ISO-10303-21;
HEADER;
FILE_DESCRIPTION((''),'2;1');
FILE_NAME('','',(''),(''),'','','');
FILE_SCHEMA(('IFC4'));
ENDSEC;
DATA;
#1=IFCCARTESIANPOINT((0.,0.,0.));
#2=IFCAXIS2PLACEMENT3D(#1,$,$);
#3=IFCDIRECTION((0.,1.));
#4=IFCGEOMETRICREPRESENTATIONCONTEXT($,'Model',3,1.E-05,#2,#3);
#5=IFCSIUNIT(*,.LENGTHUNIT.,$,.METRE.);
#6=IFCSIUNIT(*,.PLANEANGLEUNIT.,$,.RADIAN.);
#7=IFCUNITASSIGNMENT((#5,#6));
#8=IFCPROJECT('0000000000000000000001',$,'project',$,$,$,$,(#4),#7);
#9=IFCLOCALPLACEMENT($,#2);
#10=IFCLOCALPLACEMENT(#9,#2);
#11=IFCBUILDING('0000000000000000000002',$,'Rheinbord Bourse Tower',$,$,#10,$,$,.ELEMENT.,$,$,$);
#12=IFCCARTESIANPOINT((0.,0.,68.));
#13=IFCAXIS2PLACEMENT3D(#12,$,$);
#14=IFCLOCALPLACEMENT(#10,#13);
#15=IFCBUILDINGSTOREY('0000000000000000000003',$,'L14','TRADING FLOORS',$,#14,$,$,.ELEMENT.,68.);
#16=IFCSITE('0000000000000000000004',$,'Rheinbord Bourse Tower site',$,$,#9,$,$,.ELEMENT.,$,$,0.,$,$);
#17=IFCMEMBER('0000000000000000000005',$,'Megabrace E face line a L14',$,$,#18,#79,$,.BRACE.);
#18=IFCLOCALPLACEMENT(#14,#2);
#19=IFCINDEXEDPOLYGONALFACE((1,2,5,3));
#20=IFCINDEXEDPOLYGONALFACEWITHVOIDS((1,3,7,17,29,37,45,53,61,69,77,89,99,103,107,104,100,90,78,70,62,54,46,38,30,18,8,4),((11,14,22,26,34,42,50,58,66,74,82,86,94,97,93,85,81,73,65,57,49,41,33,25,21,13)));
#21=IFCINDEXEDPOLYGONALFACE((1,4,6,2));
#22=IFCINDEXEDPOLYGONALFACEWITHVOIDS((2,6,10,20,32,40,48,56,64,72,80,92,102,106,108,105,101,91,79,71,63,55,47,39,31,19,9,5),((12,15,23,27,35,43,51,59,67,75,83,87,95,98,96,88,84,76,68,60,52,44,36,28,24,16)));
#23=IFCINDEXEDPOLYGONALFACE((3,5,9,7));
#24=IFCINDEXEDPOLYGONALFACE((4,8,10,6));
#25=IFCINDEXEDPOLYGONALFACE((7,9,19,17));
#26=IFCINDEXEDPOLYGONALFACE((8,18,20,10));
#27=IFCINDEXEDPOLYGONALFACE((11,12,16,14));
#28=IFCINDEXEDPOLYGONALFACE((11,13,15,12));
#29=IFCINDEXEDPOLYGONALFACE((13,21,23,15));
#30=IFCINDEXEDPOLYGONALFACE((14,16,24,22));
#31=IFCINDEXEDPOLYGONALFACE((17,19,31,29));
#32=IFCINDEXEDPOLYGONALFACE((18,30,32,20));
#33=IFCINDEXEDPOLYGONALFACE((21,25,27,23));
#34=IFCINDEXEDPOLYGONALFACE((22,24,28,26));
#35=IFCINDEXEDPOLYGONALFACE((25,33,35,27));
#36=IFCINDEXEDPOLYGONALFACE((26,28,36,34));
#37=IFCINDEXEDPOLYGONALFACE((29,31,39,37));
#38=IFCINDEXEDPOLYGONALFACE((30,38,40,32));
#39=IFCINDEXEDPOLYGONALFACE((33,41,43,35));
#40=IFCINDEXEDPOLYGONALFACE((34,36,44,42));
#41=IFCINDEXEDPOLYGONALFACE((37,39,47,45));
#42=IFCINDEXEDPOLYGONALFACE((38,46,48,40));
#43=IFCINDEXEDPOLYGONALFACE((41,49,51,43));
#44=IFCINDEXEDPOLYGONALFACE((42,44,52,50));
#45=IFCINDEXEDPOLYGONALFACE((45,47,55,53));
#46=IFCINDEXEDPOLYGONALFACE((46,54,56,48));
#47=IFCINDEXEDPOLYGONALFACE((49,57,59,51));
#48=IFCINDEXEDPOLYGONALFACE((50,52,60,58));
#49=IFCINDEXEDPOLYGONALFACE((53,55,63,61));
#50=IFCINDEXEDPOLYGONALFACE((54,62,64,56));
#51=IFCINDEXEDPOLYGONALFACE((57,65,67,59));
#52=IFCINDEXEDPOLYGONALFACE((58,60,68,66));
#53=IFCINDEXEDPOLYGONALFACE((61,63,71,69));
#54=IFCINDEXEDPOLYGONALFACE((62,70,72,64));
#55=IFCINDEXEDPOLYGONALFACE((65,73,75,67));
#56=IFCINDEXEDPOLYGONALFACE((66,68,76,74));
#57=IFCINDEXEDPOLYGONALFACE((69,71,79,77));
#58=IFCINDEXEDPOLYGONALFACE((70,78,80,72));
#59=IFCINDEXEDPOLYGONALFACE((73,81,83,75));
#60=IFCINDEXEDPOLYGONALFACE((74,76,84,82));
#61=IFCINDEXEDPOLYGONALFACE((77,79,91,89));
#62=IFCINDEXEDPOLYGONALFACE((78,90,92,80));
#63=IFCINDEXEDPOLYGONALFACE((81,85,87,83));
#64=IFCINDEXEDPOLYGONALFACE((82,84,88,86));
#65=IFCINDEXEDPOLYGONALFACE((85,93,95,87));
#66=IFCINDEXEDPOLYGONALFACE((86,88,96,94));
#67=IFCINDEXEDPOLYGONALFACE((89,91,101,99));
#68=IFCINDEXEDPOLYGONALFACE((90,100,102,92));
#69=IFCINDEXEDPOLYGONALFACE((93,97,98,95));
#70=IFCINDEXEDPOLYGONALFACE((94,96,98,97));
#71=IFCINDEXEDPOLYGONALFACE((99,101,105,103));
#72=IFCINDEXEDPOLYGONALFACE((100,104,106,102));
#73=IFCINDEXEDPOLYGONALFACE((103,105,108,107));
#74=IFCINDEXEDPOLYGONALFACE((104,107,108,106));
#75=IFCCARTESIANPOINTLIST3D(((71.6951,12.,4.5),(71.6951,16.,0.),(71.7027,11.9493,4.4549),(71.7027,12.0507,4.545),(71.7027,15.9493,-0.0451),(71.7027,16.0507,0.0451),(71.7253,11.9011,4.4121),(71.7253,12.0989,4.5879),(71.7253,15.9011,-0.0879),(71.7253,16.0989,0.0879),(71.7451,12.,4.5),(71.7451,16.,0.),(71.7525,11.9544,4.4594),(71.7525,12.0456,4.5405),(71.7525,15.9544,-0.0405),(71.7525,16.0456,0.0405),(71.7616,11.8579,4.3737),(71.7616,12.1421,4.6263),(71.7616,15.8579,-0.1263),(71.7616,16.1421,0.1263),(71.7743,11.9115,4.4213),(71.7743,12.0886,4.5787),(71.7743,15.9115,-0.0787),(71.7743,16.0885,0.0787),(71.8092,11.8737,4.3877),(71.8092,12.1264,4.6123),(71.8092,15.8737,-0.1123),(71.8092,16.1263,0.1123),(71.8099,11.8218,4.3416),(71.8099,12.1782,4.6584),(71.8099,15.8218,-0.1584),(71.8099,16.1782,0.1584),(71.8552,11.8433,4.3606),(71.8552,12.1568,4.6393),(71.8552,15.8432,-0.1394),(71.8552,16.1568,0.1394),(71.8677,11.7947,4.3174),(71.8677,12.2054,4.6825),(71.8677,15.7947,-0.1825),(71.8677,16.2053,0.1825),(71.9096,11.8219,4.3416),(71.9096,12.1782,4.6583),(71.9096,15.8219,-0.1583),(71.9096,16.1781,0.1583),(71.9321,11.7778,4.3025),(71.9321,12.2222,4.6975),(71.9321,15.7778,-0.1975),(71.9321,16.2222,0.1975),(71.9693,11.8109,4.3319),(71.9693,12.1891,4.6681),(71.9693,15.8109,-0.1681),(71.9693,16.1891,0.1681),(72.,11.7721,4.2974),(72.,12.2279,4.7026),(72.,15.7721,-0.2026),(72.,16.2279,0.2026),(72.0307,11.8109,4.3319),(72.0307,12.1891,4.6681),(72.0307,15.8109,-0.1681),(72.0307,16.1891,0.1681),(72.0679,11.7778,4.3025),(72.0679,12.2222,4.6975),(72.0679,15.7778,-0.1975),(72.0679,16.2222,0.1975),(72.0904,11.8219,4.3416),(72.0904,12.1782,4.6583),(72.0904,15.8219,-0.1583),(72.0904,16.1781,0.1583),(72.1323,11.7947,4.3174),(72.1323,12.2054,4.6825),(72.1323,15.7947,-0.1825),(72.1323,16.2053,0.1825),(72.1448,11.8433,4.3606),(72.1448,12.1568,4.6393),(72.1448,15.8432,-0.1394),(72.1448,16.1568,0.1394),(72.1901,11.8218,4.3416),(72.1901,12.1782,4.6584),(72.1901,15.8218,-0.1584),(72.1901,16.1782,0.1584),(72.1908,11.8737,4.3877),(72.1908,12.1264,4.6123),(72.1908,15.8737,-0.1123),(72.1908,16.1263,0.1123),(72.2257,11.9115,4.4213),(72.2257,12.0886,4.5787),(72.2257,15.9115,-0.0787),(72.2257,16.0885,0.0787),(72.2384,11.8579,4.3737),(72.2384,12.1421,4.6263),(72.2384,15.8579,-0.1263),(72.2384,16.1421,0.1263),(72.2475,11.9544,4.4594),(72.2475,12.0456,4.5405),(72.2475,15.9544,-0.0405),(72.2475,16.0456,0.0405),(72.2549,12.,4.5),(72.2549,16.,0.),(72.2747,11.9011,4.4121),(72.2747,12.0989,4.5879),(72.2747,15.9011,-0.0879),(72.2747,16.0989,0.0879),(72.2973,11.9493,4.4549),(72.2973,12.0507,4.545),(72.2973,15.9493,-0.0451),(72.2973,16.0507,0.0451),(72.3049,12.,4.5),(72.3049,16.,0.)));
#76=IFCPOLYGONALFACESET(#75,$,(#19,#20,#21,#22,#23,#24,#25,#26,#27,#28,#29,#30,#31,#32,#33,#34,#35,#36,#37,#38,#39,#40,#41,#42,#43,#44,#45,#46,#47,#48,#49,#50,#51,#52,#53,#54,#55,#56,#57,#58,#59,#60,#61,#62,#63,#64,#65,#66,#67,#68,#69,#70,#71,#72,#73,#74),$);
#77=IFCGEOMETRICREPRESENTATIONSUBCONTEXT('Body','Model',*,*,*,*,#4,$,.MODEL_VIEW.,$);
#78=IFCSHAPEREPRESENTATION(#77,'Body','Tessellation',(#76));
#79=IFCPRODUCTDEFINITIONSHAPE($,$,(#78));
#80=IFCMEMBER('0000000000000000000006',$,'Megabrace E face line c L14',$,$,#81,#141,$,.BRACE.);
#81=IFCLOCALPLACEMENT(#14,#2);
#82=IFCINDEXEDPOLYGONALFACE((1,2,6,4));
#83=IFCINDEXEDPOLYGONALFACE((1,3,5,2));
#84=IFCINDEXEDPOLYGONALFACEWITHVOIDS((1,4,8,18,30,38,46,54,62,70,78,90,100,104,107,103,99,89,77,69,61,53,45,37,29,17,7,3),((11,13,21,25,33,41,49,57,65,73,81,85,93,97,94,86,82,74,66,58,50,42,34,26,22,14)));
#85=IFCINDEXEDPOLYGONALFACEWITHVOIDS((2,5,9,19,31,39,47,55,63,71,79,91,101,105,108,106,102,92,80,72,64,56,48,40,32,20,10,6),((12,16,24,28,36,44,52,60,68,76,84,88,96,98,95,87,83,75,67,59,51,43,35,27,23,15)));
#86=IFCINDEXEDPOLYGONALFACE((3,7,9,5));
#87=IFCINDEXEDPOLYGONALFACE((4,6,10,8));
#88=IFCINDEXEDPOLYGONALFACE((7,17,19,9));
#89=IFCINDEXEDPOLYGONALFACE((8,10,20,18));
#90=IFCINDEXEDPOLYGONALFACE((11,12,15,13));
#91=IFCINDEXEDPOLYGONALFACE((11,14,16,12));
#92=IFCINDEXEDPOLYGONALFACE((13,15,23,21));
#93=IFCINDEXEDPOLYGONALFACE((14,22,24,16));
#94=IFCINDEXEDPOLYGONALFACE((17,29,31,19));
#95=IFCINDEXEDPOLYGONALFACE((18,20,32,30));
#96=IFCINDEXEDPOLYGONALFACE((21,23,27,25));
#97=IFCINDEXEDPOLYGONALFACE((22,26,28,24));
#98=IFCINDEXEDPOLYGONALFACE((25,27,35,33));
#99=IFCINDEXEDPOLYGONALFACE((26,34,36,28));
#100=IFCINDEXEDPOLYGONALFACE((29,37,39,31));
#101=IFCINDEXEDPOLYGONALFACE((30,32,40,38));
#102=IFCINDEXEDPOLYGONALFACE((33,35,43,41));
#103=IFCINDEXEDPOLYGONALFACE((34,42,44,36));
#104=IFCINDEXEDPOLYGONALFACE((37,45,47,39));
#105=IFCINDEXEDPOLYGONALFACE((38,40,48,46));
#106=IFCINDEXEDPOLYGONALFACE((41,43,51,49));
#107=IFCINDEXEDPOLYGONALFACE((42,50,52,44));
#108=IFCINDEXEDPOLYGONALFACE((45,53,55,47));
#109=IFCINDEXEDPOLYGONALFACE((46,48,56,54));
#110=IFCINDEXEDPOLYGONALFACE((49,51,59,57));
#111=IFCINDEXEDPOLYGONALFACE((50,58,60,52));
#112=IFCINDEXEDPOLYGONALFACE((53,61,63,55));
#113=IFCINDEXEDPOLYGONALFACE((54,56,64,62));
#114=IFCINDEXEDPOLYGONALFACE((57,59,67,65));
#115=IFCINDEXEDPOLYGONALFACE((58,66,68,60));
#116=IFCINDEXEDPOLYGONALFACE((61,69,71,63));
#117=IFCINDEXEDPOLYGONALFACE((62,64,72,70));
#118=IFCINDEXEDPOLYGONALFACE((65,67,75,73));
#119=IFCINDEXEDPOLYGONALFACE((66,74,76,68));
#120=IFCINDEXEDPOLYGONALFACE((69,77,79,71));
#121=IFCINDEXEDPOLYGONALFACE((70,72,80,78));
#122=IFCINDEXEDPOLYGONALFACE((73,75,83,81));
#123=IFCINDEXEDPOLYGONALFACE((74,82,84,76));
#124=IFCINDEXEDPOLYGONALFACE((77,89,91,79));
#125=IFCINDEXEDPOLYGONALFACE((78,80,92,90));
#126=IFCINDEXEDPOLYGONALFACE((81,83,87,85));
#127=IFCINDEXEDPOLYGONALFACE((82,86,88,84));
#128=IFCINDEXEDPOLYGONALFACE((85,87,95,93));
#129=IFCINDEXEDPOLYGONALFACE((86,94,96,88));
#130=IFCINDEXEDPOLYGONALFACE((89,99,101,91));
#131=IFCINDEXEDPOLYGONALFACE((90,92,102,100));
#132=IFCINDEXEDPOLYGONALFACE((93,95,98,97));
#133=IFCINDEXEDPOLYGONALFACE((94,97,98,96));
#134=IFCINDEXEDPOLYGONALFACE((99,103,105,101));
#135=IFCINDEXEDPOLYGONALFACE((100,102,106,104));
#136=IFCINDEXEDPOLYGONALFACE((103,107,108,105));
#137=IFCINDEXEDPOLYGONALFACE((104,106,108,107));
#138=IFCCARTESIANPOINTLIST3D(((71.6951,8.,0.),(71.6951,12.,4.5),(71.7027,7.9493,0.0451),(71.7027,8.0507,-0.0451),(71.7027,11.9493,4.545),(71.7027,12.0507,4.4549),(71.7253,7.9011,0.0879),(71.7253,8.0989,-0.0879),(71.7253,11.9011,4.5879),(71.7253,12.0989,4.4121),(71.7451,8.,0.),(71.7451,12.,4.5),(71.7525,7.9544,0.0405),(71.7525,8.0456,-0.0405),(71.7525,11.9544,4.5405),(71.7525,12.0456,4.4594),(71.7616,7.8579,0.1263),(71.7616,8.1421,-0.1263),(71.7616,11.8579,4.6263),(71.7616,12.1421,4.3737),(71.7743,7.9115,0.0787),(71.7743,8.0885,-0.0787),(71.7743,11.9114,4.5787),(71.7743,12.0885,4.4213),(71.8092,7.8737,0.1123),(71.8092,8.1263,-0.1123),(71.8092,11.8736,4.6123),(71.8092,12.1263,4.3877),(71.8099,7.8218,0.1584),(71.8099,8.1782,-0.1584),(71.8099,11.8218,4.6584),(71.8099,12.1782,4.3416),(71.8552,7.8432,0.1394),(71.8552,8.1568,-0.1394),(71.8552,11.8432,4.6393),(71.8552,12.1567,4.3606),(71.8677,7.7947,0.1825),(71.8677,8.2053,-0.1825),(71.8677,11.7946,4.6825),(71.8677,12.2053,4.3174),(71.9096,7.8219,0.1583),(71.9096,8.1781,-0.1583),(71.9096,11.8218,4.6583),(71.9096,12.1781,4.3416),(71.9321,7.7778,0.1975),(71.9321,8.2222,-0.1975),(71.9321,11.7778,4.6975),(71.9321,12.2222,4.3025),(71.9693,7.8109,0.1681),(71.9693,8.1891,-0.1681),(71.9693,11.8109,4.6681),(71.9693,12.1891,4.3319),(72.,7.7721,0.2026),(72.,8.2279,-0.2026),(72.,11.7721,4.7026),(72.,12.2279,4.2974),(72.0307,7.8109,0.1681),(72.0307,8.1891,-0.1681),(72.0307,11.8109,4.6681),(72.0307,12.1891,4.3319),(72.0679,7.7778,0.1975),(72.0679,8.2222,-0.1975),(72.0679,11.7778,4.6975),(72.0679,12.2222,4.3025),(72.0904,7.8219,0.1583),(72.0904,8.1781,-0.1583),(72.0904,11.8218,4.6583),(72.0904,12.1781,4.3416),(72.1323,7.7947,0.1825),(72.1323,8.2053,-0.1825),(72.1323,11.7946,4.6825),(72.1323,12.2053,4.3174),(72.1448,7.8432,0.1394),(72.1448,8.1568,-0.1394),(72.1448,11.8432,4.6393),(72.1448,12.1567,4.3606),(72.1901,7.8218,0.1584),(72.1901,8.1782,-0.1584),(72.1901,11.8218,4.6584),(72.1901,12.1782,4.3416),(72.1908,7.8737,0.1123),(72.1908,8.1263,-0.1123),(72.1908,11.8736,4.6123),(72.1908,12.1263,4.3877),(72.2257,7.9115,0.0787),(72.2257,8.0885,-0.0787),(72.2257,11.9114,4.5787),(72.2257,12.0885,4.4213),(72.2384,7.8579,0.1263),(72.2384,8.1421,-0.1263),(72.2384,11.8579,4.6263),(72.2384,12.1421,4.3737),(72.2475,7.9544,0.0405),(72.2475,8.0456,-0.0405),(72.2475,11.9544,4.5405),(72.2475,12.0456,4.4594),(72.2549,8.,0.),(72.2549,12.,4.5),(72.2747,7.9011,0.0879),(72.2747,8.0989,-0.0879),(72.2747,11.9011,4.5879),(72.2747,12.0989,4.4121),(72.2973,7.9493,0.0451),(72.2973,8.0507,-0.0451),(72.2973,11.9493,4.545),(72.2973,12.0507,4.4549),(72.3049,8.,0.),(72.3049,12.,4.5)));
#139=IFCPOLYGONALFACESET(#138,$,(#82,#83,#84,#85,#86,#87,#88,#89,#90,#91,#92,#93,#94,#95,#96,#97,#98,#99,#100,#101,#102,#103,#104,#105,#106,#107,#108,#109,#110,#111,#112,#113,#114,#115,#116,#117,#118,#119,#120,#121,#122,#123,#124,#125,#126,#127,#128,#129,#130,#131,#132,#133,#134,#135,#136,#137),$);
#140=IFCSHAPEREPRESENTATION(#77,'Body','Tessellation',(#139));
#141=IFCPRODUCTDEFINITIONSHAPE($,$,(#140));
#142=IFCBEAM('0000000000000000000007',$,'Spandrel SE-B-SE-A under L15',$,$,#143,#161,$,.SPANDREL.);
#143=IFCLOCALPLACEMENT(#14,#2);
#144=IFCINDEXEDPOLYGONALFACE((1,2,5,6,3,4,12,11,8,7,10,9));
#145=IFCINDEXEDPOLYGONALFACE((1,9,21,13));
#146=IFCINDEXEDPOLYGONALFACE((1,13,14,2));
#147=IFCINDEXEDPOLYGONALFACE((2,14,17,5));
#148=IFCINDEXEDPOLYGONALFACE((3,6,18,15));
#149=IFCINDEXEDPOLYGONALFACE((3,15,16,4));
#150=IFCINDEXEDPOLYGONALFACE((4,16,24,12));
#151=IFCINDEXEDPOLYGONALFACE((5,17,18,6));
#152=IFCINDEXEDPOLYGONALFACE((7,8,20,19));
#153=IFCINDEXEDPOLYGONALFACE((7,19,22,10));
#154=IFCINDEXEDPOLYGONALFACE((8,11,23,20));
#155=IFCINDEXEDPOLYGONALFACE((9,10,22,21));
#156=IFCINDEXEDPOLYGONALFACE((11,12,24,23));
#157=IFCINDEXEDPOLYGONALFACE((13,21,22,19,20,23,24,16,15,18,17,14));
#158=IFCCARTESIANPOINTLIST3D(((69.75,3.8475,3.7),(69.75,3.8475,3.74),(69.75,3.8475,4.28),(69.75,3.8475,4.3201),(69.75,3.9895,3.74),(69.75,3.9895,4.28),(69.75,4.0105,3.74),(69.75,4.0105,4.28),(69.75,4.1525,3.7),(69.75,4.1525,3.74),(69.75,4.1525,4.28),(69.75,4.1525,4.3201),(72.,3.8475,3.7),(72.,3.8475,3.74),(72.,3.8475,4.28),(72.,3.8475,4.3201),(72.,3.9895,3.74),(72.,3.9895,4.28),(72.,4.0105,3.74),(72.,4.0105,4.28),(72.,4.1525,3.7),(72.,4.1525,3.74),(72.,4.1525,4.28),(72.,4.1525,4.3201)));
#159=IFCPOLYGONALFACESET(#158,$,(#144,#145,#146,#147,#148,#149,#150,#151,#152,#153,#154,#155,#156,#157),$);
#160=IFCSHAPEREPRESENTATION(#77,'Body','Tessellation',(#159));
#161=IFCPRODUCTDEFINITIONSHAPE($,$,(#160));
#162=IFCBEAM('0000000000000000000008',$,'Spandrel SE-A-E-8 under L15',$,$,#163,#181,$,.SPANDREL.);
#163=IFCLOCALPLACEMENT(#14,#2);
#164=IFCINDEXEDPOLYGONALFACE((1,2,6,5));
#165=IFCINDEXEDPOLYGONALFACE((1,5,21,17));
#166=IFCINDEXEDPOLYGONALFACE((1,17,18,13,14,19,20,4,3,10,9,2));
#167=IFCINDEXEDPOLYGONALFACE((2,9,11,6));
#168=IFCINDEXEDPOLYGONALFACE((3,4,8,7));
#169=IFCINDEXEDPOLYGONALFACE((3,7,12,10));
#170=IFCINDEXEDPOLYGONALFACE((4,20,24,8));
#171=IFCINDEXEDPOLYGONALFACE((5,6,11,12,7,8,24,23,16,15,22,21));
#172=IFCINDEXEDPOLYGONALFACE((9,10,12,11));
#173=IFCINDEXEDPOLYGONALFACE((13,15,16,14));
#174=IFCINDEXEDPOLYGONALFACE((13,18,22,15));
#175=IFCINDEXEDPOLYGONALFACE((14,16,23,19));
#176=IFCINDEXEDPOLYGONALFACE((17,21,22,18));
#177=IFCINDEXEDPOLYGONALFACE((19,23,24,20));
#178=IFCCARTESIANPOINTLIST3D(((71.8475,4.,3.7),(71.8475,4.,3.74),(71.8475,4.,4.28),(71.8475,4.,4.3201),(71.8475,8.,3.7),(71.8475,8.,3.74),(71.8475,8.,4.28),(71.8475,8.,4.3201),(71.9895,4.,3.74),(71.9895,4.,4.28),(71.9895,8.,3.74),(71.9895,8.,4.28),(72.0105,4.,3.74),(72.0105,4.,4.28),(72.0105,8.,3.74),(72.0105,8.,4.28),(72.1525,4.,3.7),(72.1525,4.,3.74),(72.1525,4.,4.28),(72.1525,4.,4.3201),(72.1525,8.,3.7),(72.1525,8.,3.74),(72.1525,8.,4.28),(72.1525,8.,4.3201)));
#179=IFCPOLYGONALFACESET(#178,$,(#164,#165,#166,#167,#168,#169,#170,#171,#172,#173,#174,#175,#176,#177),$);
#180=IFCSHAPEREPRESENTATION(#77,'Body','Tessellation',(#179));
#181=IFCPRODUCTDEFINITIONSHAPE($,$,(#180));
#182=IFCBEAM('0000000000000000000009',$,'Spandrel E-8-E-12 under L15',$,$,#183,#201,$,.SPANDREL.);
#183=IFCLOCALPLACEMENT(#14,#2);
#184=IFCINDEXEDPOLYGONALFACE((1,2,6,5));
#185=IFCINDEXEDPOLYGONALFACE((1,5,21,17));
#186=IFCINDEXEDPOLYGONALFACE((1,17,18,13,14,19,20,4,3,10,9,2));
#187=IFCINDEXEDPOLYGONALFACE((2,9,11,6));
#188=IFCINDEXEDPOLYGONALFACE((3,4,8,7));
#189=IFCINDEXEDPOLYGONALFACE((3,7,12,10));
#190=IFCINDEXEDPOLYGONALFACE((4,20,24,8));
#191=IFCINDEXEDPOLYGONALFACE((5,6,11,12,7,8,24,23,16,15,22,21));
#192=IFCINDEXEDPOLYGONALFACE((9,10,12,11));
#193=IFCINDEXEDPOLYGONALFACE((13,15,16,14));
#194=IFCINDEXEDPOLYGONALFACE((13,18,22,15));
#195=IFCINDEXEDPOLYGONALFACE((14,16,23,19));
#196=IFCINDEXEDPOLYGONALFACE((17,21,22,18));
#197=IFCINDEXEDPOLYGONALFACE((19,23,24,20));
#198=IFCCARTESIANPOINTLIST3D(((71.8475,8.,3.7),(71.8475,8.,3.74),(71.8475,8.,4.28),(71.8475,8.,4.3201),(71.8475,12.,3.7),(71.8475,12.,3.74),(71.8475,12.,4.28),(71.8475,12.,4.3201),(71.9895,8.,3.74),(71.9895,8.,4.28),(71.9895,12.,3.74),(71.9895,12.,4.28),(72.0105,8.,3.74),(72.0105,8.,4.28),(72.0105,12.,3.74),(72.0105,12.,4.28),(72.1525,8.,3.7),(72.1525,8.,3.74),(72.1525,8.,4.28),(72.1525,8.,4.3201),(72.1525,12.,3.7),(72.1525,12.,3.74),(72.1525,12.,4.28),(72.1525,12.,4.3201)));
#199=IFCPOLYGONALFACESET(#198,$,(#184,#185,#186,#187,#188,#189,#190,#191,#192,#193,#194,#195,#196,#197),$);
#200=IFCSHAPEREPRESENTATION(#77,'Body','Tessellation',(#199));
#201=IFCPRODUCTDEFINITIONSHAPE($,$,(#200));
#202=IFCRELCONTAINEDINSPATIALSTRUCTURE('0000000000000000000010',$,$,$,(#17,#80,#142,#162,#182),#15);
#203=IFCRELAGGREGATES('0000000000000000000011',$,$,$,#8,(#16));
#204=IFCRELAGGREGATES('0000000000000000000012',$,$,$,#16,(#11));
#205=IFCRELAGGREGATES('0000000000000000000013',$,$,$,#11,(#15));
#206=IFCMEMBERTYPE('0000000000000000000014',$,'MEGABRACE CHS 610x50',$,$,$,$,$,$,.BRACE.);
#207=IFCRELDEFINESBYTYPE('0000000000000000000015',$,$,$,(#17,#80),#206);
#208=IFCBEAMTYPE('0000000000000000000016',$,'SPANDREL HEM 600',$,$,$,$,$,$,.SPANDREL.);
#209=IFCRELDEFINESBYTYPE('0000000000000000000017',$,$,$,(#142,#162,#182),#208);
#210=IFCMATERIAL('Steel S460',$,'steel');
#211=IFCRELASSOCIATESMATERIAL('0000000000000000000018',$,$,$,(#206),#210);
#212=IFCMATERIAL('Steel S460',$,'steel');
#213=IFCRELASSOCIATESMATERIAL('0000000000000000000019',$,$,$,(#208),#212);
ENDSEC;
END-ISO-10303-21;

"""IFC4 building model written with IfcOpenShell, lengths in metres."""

from ifc_helpers import new_model, si_unit, direction, frame, origin, origin_2d, place, context, subcontext, project, spatial, hollow_circle, i_section, extrude, material, material_profile, profile_set, type_object, element, save


model = new_model("IFC4")

# Units and contexts
model_context = context("Model", 3, precision=1e-05, world=origin(), true_north=direction((0.0, 1.0)))
body_context = subcontext(model_context, "Body", "Model", "MODEL_VIEW")
ifc_project = project(units=[si_unit("LENGTHUNIT", "METRE"), si_unit("PLANEANGLEUNIT", "RADIAN")], contexts=[model_context])

# Site, building, storey
site_placement = place(None, origin())
site = spatial("IfcSite", under=ifc_project, at=site_placement, Name="Rheinbord Bourse Tower site", CompositionType="ELEMENT", RefElevation=0.0)
building_placement = place(site_placement, origin())
building = spatial("IfcBuilding", under=site, at=building_placement, Name="Rheinbord Bourse Tower", CompositionType="ELEMENT")
storey_placement = place(building_placement, frame((0.0, 0.0, 68.0)))
storey = spatial("IfcBuildingStorey", under=building, at=storey_placement, Name="L14", Description="TRADING FLOORS", CompositionType="ELEMENT", Elevation=68.0)

# Members
ifc_material_1 = material(Name="Steel S460", Category="steel")
ifc_material_profile_1 = material_profile(ifc_material_1, hollow_circle(Radius=0.3049, WallThickness=0.05, at=origin_2d()), Name="CHS 610x50")
ifc_profile_set_1 = profile_set([ifc_material_profile_1], Name="Steel S460")
member_type_1 = type_object("IfcMemberType", Name="MEGABRACE CHS 610x50", PredefinedType="BRACE", material=ifc_profile_set_1)
for number, where, z_axis, x_axis, name in (
    (1, (72.0, 16.0, 0.0), (0.0, -0.664364, 0.747409), (1.0, 0.0, 0.0), "Megabrace E face line a L14"),
    (2, (72.0, 8.0, 0.0), (0.0, 0.664364, 0.747409), (-1.0, 0.0, 0.0), "Megabrace E face line c L14"),
):
    element("IfcMember", number, at=place(storey_placement, frame(where, z_axis=z_axis, x_axis=x_axis)), inside=storey, type_object=member_type_1, Name=name, PredefinedType="BRACE", context=body_context, shape_type="SweptSolid", body=[
        extrude(hollow_circle(Radius=0.3049, WallThickness=0.05, at=origin_2d()), origin(), (0.0, 0.0, 1.0), 6.0208),
    ])

# Beams
ifc_material_2 = material(Name="Steel S460", Category="steel")
ifc_material_profile_2 = material_profile(ifc_material_2, i_section(OverallWidth=0.3049, OverallDepth=0.6201, WebThickness=0.021, FlangeThickness=0.04, at=origin_2d()), Name="HEM 600")
ifc_profile_set_2 = profile_set([ifc_material_profile_2], Name="Steel S460")
beam_type_1 = type_object("IfcBeamType", Name="SPANDREL HEM 600", PredefinedType="SPANDREL", material=ifc_profile_set_2)
beam_placement = place(storey_placement, frame((69.75, 4.0, 4.01), z_axis=(1.0, 0.0, 0.0), x_axis=(0.0, 1.0, 0.0)))
element("IfcBeam", 3, at=beam_placement, inside=storey, type_object=beam_type_1, Name="Spandrel SE-B-SE-A under L15", PredefinedType="SPANDREL", context=body_context, shape_type="SweptSolid", body=[
    extrude(i_section(OverallWidth=0.3049, OverallDepth=0.6201, WebThickness=0.021, FlangeThickness=0.04, at=origin_2d()), origin(), (0.0, 0.0, 1.0), 2.25),
])
for number, where, z_axis, x_axis, name in (
    (4, (72.0, 4.0, 4.01), (0.0, 1.0, 0.0), (-1.0, 0.0, 0.0), "Spandrel SE-A-E-8 under L15"),
    (5, (72.0, 8.0, 4.01), (0.0, 1.0, 0.0), (-1.0, 0.0, 0.0), "Spandrel E-8-E-12 under L15"),
):
    element("IfcBeam", number, at=place(storey_placement, frame(where, z_axis=z_axis, x_axis=x_axis)), inside=storey, type_object=beam_type_1, Name=name, PredefinedType="SPANDREL", context=body_context, shape_type="SweptSolid", body=[
        extrude(i_section(OverallWidth=0.3049, OverallDepth=0.6201, WebThickness=0.021, FlangeThickness=0.04, at=origin_2d()), origin(), (0.0, 0.0, 1.0), 4.0),
    ])

save(model, "model.ifc")
